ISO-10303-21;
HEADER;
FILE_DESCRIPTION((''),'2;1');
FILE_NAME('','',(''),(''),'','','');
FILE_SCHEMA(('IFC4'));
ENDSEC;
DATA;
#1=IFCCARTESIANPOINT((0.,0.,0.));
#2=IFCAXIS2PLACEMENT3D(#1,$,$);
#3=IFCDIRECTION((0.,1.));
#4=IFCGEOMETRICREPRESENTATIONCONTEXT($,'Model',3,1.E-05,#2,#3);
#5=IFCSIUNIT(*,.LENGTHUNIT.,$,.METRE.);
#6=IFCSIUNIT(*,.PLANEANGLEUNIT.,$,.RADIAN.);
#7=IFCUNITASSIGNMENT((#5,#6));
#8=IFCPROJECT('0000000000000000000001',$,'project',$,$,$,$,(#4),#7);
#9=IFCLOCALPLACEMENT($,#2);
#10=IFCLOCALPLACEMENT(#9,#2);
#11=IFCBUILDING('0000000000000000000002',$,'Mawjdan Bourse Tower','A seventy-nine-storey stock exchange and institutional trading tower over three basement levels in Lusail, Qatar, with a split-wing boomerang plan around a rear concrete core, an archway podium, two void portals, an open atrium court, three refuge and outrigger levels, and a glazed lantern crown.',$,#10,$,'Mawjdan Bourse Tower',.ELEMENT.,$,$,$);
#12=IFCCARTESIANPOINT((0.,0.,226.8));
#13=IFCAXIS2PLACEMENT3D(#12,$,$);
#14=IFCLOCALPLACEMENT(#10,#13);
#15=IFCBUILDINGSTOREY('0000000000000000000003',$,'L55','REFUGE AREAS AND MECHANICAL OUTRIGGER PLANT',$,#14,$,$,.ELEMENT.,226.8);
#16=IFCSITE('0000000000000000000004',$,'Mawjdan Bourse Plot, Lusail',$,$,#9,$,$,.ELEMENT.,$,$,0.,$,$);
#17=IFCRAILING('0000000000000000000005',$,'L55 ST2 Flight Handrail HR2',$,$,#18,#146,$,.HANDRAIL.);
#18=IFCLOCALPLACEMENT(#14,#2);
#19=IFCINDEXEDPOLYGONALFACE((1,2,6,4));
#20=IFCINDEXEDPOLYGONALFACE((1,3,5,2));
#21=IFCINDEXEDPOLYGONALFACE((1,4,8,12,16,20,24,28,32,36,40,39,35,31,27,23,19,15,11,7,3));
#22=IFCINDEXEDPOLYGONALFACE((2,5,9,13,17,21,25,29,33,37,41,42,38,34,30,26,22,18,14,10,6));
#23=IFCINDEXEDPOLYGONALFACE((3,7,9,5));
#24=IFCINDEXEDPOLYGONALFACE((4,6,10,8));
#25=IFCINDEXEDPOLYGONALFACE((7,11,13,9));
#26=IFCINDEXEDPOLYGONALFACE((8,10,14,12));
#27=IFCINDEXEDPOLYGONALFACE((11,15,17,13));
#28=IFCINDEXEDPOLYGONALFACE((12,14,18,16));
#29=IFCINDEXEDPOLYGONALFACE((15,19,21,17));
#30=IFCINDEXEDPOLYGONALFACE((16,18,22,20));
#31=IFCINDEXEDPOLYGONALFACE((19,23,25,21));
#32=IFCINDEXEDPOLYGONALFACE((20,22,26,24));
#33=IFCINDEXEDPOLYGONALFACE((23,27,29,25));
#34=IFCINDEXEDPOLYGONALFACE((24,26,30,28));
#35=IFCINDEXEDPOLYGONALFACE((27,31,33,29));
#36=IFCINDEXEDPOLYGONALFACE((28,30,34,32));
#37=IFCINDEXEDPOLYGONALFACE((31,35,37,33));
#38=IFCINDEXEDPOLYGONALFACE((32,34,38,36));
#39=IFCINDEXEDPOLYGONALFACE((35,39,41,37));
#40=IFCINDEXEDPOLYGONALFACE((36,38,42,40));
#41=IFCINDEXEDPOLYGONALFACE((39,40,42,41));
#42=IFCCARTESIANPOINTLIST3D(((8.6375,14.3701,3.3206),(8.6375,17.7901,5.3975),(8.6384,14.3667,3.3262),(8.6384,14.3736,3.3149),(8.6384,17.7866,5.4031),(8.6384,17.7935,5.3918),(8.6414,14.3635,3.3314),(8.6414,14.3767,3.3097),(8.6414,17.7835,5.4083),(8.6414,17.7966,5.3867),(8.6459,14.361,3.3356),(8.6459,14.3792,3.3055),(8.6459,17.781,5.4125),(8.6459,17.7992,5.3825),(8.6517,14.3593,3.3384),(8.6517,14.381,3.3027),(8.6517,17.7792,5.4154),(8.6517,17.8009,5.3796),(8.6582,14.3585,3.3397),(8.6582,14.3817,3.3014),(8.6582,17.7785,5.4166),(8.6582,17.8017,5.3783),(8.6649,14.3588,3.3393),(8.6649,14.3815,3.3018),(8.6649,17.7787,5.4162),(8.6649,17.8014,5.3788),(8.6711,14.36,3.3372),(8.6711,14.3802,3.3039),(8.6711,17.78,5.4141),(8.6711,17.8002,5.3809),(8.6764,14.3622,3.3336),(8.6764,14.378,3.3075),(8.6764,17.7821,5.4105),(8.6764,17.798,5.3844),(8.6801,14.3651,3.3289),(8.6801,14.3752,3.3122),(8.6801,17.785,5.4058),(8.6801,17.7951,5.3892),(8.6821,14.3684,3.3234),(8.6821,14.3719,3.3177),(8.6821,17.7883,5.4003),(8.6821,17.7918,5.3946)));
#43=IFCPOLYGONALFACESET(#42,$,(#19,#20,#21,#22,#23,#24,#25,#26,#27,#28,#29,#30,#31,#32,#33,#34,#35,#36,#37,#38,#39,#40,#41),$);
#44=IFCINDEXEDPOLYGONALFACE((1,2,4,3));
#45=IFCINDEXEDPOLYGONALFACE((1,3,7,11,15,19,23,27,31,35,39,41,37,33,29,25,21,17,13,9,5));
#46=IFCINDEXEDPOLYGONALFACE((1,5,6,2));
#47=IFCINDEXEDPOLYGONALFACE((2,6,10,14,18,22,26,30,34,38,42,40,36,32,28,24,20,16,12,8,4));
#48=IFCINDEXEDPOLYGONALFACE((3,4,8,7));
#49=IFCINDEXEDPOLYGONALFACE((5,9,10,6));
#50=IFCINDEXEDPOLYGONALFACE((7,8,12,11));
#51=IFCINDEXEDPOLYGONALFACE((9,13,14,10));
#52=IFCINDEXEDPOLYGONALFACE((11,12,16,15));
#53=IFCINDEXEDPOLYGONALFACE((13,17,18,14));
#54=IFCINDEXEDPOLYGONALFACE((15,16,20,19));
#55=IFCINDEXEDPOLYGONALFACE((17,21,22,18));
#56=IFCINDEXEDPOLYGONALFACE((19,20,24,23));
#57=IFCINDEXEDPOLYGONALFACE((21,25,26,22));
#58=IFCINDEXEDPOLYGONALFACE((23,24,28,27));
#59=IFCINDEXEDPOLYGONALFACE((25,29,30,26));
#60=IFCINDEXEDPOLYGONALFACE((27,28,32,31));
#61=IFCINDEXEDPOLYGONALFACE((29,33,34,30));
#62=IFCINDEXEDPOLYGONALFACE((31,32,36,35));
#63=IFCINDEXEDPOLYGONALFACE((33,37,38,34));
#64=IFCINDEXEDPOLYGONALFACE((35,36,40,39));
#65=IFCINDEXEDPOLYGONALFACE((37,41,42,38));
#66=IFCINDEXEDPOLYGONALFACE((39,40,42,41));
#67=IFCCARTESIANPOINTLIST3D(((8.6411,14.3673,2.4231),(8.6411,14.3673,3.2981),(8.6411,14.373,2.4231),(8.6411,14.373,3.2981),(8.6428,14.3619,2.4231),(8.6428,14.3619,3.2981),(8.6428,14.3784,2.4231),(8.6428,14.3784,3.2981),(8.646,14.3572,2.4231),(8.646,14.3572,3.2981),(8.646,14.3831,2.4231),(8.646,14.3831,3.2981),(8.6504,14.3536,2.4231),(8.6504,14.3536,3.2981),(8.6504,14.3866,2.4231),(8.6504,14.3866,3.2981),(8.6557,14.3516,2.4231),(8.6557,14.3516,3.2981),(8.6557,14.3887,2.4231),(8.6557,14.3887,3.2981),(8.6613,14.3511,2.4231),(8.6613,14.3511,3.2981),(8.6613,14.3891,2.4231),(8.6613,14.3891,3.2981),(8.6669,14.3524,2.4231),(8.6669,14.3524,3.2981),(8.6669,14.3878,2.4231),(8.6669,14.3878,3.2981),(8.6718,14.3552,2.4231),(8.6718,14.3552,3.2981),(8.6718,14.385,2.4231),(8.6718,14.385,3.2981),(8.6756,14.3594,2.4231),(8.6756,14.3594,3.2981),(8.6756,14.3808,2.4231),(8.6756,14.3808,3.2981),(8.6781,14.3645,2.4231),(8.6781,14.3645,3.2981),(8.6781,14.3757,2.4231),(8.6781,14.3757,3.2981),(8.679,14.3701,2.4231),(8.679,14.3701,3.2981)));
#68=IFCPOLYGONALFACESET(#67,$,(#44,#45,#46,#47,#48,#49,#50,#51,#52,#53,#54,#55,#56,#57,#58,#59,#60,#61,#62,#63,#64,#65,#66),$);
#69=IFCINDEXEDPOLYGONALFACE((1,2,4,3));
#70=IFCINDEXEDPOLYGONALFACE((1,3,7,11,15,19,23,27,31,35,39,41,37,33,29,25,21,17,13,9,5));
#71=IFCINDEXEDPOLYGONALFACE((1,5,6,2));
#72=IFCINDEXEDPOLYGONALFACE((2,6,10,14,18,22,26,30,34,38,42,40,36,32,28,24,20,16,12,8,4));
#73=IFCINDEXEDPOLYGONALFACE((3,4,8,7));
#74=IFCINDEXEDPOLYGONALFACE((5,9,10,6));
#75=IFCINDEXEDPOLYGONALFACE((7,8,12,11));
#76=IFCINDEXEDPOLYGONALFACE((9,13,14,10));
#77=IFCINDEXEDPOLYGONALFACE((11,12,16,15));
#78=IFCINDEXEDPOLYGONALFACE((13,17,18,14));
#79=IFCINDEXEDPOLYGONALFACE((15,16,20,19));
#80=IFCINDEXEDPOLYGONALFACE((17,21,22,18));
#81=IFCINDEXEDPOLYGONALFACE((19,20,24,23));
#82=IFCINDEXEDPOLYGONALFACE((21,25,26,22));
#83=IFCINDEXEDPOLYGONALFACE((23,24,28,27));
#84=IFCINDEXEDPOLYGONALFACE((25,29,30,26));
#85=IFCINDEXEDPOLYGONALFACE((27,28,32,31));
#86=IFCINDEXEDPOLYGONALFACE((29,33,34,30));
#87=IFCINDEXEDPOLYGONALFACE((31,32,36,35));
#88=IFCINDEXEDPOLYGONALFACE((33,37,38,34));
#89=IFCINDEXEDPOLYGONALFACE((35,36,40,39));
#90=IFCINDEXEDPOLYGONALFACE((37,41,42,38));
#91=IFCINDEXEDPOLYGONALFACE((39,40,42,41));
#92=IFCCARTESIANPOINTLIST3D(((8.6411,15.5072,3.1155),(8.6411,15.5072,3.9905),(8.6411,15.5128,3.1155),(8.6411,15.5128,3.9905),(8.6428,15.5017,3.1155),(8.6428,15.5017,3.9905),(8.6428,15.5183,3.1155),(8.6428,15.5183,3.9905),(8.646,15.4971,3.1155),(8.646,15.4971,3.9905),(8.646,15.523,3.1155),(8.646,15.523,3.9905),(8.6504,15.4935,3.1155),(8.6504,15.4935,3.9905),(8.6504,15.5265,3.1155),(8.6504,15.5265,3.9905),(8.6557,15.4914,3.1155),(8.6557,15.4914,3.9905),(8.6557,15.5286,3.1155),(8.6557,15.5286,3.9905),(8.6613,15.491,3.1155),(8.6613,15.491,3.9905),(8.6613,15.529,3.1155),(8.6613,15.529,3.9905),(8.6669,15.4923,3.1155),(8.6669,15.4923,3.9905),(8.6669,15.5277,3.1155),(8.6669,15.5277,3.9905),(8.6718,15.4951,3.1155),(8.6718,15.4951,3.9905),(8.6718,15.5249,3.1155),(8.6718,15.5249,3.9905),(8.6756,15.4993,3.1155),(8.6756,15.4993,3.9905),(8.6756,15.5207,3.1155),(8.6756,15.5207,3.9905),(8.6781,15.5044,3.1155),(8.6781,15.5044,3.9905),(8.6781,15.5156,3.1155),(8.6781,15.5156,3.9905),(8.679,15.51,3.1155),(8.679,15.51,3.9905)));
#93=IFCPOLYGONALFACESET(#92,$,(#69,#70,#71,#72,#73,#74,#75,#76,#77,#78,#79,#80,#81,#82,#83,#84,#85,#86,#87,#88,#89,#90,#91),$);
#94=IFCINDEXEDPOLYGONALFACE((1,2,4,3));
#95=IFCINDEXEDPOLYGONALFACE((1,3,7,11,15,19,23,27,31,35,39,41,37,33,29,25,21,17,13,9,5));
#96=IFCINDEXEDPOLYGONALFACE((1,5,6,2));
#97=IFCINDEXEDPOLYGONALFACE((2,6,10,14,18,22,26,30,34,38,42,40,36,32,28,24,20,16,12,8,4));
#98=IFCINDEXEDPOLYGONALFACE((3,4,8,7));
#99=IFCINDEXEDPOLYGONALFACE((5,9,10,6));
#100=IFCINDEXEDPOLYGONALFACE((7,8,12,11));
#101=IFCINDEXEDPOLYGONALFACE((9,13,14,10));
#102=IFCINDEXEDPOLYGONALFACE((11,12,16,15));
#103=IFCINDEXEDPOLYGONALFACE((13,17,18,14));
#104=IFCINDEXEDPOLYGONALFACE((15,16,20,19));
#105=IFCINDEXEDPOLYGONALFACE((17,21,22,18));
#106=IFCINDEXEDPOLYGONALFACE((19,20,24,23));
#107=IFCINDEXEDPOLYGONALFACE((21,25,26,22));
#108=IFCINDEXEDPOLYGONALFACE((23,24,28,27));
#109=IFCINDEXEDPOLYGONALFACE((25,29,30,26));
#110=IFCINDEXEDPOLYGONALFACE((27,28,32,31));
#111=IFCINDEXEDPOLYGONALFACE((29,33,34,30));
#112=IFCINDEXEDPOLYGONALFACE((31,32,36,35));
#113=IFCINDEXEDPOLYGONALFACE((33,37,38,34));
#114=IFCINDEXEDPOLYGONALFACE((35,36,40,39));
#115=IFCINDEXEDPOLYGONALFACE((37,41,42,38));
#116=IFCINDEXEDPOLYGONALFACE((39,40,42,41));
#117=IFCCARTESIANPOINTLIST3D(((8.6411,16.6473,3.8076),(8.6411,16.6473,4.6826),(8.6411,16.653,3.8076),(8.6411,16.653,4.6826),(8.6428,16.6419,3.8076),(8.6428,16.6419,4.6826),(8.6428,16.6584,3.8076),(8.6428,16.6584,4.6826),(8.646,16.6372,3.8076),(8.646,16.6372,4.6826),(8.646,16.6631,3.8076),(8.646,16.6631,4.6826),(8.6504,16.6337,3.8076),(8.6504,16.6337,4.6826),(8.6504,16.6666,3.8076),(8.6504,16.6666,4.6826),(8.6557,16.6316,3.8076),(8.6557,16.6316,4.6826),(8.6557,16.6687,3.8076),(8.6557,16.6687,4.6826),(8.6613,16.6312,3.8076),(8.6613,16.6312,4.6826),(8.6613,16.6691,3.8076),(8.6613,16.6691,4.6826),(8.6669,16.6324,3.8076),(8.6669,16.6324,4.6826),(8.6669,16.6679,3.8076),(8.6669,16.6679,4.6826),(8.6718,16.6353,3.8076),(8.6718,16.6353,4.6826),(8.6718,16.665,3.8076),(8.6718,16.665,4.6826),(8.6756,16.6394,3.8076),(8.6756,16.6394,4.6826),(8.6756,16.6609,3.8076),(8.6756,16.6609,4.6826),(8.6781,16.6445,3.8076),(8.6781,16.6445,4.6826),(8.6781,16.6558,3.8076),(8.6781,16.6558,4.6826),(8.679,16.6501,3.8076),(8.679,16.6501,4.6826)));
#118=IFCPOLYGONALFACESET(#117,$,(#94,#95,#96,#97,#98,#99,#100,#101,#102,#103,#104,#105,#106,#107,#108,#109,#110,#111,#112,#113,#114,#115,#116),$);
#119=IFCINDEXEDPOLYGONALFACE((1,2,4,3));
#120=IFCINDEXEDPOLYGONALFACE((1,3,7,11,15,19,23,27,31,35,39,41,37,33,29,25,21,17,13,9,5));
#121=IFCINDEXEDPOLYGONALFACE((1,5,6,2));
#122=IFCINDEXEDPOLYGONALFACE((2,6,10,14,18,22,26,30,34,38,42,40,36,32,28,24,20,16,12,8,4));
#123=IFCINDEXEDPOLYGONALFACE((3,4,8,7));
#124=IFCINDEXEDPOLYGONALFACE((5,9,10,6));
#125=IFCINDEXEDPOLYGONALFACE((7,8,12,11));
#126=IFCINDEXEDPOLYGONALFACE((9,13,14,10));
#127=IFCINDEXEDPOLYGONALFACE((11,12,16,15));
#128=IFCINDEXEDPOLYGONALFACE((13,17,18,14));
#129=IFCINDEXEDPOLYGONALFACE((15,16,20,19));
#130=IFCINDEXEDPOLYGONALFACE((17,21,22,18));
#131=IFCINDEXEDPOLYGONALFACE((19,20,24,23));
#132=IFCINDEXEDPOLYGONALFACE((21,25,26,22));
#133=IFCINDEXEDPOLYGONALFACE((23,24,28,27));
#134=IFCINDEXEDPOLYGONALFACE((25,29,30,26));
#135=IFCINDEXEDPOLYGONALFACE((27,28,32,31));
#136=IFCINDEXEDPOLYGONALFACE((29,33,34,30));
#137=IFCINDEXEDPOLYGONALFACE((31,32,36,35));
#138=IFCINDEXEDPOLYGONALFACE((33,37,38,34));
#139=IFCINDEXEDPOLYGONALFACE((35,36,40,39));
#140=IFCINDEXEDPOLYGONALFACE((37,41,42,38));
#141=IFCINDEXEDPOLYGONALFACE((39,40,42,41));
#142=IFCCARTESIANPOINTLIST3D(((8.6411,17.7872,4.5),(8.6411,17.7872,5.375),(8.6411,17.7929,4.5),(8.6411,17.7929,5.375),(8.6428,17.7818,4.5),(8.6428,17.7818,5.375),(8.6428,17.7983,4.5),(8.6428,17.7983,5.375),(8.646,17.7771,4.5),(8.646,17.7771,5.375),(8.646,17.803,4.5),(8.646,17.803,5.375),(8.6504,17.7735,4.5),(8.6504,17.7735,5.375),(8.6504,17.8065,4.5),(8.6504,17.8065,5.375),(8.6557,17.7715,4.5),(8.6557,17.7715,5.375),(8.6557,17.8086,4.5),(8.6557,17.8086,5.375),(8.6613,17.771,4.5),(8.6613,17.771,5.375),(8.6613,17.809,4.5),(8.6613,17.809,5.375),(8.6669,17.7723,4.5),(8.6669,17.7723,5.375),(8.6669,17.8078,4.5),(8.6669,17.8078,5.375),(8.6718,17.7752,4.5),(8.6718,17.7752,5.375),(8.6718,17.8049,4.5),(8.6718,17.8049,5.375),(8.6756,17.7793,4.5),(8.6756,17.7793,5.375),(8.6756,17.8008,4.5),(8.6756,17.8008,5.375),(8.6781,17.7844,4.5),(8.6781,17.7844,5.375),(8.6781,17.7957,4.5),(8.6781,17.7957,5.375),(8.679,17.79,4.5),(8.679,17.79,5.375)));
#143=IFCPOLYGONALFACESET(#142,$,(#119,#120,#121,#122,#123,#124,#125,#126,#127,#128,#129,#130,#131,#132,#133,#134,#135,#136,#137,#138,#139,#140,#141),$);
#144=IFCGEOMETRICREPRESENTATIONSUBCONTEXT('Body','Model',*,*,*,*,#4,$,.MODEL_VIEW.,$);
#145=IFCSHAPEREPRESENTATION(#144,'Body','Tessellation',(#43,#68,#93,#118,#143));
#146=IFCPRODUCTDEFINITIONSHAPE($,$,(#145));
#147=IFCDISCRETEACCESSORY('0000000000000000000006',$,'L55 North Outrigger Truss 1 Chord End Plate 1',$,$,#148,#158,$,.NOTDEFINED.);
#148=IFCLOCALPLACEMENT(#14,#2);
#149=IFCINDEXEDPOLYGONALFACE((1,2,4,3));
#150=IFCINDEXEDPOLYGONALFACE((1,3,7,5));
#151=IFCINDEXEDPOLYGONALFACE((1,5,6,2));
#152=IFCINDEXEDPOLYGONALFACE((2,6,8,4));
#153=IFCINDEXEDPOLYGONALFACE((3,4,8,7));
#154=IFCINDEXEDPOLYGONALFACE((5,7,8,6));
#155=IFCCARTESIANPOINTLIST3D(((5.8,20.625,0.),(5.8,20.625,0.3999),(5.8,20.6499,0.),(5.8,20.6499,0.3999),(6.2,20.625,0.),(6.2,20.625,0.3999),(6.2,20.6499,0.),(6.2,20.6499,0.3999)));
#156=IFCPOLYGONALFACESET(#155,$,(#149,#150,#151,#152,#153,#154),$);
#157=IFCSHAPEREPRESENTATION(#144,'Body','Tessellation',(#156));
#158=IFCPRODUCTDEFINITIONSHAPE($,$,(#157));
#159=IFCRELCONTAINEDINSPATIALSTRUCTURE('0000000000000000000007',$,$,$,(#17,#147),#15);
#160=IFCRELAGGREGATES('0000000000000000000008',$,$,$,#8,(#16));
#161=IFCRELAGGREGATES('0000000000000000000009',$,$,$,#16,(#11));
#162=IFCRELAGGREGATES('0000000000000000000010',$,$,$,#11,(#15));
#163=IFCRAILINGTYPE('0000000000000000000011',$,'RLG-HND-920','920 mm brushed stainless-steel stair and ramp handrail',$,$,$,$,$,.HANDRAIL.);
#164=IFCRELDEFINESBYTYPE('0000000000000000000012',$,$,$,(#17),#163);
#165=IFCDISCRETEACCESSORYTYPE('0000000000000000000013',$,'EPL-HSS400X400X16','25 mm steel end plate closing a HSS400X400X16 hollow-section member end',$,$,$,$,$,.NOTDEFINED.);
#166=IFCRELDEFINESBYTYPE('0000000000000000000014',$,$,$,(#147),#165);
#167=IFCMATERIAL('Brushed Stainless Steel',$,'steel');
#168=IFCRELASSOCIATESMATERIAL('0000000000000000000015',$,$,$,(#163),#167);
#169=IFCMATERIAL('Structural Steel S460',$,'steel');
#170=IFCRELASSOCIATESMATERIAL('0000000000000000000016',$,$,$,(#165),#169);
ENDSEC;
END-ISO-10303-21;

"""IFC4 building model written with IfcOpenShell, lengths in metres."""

from ifc_helpers import new_model, si_unit, direction, frame, origin, origin_2d, place, context, subcontext, project, spatial, rectangle, circle, extrude, material, material_profile, profile_set, type_object, element, save


model = new_model("IFC4")

# Units and contexts
model_context = context("Model", 3, precision=1e-05, world=origin(), true_north=direction((0.0, 1.0)))
body_context = subcontext(model_context, "Body", "Model", "MODEL_VIEW")
ifc_project = project(units=[si_unit("LENGTHUNIT", "METRE"), si_unit("PLANEANGLEUNIT", "RADIAN")], contexts=[model_context])

# Site, building, storey
site_placement = place(None, origin())
site = spatial("IfcSite", under=ifc_project, at=site_placement, Name="Mawjdan Bourse Plot, Lusail", CompositionType="ELEMENT", RefElevation=0.0)
building_placement = place(site_placement, origin())
building = spatial("IfcBuilding", under=site, at=building_placement, Name="Mawjdan Bourse Tower", Description="A seventy-nine-storey stock exchange and institutional trading tower over three basement levels in Lusail, Qatar, with a split-wing boomerang plan around a rear concrete core, an archway podium, two void portals, an open atrium court, three refuge and outrigger levels, and a glazed lantern crown.", LongName="Mawjdan Bourse Tower", CompositionType="ELEMENT")
storey_placement = place(building_placement, frame((0.0, 0.0, 226.8)))
storey = spatial("IfcBuildingStorey", under=building, at=storey_placement, Name="L55", Description="REFUGE AREAS AND MECHANICAL OUTRIGGER PLANT", CompositionType="ELEMENT", Elevation=226.8)

# Shared definitions
ifc_material_1 = material(Name="Structural Steel S460", Category="steel")

# Shared definitions
ifc_material_2 = material(Name="Brushed Stainless Steel", Category="steel")

# Railing
railing_type_1 = type_object("IfcRailingType", Name="RLG-HND-920", Description="920 mm brushed stainless-steel stair and ramp handrail", PredefinedType="HANDRAIL", material=ifc_material_2)
railing_1_placement = place(storey_placement, frame((8.6599, 14.3701, 2.4231)))
element("IfcRailing", 1, at=railing_1_placement, inside=storey, type_object=railing_type_1, Name="L55 ST2 Flight Handrail HR2", PredefinedType="HANDRAIL", context=body_context, shape_type="SweptSolid", body=[
    extrude(circle(Radius=0.0225, at=origin_2d()), frame((0.0, 0.0, 0.8975), z_axis=(0.0, 0.85473, 0.519074), x_axis=(-1.0, 0.0, 0.0)), (0.0, 0.0, 1.0), 4.0012),
    extrude(circle(Radius=0.019, at=origin_2d()), origin(), (0.0, 0.0, 1.0), 0.875),
    extrude(circle(Radius=0.019, at=origin_2d()), frame((0.0, 1.1399, 0.6924)), (0.0, 0.0, 1.0), 0.875),
    extrude(circle(Radius=0.019, at=origin_2d()), frame((0.0, 2.28, 1.3845)), (0.0, 0.0, 1.0), 0.875),
    extrude(circle(Radius=0.019, at=origin_2d()), frame((0.0, 3.4199, 2.0769)), (0.0, 0.0, 1.0), 0.875),
])

# Discrete accessory
ifc_material_profile_1 = material_profile(ifc_material_1, rectangle(XDim=0.3999, YDim=0.3999, at=origin_2d()), Name="EPL-HSS400X400X16")
ifc_profile_set_1 = profile_set([ifc_material_profile_1], Name="Structural Steel S460")
discrete_accessory_type = type_object("IfcDiscreteAccessoryType", Name="EPL-HSS400X400X16", Description="25 mm steel end plate closing a HSS400X400X16 hollow-section member end", PredefinedType="NOTDEFINED", material=ifc_profile_set_1)
discrete_accessory_placement = place(storey_placement, frame((6.0, 20.6499, 0.2), z_axis=(0.0, -1.0, 0.0), x_axis=(1.0, 0.0, 0.0)))
element("IfcDiscreteAccessory", 2, at=discrete_accessory_placement, inside=storey, type_object=discrete_accessory_type, Name="L55 North Outrigger Truss 1 Chord End Plate 1", PredefinedType="NOTDEFINED", context=body_context, shape_type="SweptSolid", body=[
    extrude(rectangle(XDim=0.3999, YDim=0.3999, at=origin_2d()), origin(), (0.0, 0.0, 1.0), 0.0249),
])

save(model, "model.ifc")
